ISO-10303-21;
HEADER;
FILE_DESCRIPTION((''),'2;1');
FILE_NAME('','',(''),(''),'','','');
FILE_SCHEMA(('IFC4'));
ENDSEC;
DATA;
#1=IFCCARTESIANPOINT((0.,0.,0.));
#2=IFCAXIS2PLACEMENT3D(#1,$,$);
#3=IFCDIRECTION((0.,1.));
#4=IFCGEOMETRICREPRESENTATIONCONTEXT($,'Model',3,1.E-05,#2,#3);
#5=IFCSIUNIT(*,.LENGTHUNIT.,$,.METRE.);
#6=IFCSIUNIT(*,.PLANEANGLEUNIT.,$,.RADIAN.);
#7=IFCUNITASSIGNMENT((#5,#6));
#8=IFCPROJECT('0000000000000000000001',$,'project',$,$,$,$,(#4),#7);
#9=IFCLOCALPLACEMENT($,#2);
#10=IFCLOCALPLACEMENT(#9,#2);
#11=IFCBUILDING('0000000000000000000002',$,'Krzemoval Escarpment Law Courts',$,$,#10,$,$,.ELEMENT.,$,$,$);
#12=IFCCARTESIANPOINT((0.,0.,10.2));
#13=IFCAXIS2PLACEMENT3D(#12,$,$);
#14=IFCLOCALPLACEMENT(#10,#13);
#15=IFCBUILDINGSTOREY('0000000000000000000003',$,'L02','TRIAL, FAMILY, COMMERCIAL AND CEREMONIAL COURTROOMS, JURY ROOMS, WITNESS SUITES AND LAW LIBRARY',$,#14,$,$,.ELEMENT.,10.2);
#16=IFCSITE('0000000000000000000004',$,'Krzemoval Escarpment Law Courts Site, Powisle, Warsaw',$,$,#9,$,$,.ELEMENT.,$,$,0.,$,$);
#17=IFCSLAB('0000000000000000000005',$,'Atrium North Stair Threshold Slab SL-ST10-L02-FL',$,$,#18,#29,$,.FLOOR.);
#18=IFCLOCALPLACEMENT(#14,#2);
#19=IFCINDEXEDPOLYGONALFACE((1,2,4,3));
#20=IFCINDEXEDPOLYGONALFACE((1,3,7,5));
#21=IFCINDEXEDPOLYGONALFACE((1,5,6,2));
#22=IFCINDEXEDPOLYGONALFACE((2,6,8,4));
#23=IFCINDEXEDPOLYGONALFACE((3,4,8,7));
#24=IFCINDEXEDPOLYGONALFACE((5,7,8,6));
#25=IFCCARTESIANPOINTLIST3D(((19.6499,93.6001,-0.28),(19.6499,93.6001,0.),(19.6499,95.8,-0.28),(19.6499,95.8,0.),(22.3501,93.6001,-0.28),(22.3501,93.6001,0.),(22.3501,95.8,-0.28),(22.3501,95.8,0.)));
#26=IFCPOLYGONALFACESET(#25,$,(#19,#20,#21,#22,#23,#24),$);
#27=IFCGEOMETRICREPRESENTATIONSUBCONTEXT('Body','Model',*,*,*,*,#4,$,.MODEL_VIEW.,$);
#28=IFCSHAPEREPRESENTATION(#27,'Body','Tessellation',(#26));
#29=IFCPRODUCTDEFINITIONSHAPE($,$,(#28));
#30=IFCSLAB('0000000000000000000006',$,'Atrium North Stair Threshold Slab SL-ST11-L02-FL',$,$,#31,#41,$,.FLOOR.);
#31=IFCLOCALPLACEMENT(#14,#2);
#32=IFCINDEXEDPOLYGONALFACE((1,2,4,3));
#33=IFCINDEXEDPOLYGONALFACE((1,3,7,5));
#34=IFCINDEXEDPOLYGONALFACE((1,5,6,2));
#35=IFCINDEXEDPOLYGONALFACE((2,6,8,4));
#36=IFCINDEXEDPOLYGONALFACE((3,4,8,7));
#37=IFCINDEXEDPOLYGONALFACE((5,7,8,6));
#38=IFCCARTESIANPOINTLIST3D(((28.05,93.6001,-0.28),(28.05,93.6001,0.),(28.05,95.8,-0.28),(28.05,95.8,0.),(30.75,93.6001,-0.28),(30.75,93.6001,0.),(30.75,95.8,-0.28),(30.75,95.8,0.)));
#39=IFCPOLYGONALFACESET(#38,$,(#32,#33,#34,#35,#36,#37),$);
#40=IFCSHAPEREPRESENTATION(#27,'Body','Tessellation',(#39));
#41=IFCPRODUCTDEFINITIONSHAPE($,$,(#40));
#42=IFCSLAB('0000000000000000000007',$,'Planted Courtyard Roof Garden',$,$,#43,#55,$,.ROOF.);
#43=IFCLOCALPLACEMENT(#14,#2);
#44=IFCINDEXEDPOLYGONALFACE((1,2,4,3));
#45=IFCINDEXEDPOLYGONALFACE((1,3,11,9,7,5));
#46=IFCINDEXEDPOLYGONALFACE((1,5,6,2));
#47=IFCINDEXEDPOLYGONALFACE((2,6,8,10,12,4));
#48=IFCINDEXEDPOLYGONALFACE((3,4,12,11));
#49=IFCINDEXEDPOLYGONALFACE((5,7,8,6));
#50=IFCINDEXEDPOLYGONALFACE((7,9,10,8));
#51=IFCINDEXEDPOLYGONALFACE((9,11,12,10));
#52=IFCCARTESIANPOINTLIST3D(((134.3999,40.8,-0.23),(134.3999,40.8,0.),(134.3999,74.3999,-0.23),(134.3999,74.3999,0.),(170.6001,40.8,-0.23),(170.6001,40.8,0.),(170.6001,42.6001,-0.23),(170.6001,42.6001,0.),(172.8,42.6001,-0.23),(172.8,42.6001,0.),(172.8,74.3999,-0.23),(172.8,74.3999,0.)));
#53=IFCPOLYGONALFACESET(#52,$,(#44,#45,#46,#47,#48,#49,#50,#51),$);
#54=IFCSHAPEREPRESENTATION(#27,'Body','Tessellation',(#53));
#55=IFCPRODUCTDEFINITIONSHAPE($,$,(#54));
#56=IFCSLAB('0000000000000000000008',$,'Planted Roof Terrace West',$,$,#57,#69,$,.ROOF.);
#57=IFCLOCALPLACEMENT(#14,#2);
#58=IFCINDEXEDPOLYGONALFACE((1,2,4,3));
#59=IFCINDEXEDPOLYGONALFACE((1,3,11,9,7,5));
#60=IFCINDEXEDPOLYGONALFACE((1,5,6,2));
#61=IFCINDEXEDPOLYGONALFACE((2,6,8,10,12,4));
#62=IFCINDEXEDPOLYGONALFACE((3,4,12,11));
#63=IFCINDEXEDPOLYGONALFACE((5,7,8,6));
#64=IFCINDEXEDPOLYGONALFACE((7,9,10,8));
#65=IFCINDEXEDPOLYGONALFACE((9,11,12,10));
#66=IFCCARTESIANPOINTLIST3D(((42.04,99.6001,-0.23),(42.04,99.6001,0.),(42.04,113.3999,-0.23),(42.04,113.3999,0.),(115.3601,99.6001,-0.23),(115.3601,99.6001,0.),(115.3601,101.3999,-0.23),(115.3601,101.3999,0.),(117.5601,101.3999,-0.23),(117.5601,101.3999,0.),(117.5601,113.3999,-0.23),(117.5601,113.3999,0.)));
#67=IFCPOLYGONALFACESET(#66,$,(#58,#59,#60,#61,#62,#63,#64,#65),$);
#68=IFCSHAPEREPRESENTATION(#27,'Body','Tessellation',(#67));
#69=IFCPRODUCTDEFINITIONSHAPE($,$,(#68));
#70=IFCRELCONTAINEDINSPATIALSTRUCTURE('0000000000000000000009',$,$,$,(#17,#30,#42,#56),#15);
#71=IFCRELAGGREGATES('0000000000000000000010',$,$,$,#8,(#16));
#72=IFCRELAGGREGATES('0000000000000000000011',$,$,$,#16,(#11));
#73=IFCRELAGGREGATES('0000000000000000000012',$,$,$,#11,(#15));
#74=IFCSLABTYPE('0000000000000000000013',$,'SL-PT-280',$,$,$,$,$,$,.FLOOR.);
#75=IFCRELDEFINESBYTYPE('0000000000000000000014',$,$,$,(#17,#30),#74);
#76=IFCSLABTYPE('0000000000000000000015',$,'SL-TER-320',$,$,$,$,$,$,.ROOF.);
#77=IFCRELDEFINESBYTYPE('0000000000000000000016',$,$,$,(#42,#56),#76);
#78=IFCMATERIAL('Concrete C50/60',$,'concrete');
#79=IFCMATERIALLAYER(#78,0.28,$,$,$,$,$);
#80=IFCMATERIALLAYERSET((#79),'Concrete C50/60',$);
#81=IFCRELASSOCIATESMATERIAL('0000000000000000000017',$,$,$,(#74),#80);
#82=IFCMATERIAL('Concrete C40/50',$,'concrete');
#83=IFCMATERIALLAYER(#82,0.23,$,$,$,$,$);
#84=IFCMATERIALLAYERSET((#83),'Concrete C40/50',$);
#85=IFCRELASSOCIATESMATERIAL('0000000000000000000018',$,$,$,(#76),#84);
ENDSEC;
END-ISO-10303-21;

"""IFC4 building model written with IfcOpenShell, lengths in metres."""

from ifc_helpers import new_model, si_unit, direction, frame, origin, place, context, subcontext, project, spatial, polyline, outline, extrude, material, layer, layer_set, type_object, element, save


model = new_model("IFC4")

# Units and contexts
model_context = context("Model", 3, precision=1e-05, world=origin(), true_north=direction((0.0, 1.0)))
body_context = subcontext(model_context, "Body", "Model", "MODEL_VIEW")
ifc_project = project(units=[si_unit("LENGTHUNIT", "METRE"), si_unit("PLANEANGLEUNIT", "RADIAN")], contexts=[model_context])

# Site, building, storey
site_placement = place(None, origin())
site = spatial("IfcSite", under=ifc_project, at=site_placement, Name="Krzemoval Escarpment Law Courts Site, Powisle, Warsaw", CompositionType="ELEMENT", RefElevation=0.0)
building_placement = place(site_placement, origin())
building = spatial("IfcBuilding", under=site, at=building_placement, Name="Krzemoval Escarpment Law Courts", CompositionType="ELEMENT")
storey_placement = place(building_placement, frame((0.0, 0.0, 10.2)))
storey = spatial("IfcBuildingStorey", under=building, at=storey_placement, Name="L02", Description="TRIAL, FAMILY, COMMERCIAL AND CEREMONIAL COURTROOMS, JURY ROOMS, WITNESS SUITES AND LAW LIBRARY", CompositionType="ELEMENT", Elevation=10.2)

# Slabs
ifc_material_1 = material(Name="Concrete C50/60", Category="concrete")
ifc_layer_1 = layer(ifc_material_1, 0.28)
ifc_layer_set_1 = layer_set([ifc_layer_1], Name="Concrete C50/60")
slab_type_1 = type_object("IfcSlabType", Name="SL-PT-280", PredefinedType="FLOOR", material=ifc_layer_set_1)
slab_1_placement = place(storey_placement, frame((0.0, 0.0, -0.28)))
element("IfcSlab", 1, at=slab_1_placement, inside=storey, type_object=slab_type_1, Name="Atrium North Stair Threshold Slab SL-ST10-L02-FL", PredefinedType="FLOOR", context=body_context, shape_type="SweptSolid", body=[
    extrude(outline(polyline([(22.3501, 93.6001), (22.3501, 95.8), (19.6499, 95.8), (19.6499, 93.6001), (22.3501, 93.6001)])), origin(), (0.0, 0.0, 1.0), 0.28),
])
slab_2_placement = place(storey_placement, frame((0.0, 0.0, -0.28)))
element("IfcSlab", 2, at=slab_2_placement, inside=storey, type_object=slab_type_1, Name="Atrium North Stair Threshold Slab SL-ST11-L02-FL", PredefinedType="FLOOR", context=body_context, shape_type="SweptSolid", body=[
    extrude(outline(polyline([(30.75, 93.6001), (30.75, 95.8), (28.05, 95.8), (28.05, 93.6001), (30.75, 93.6001)])), origin(), (0.0, 0.0, 1.0), 0.28),
])
ifc_material_2 = material(Name="Concrete C40/50", Category="concrete")
ifc_layer_2 = layer(ifc_material_2, 0.23)
ifc_layer_set_2 = layer_set([ifc_layer_2], Name="Concrete C40/50")
slab_type_2 = type_object("IfcSlabType", Name="SL-TER-320", PredefinedType="ROOF", material=ifc_layer_set_2)
slab_3_placement = place(storey_placement, frame((0.0, 0.0, -0.23)))
element("IfcSlab", 3, at=slab_3_placement, inside=storey, type_object=slab_type_2, Name="Planted Courtyard Roof Garden", PredefinedType="ROOF", context=body_context, shape_type="SweptSolid", body=[
    extrude(outline(polyline([(134.3999, 74.3999), (172.8, 74.3999), (172.8, 42.6001), (170.6001, 42.6001), (170.6001, 40.8), (134.3999, 40.8), (134.3999, 74.3999)])), origin(), (0.0, 0.0, 1.0), 0.23),
])
slab_4_placement = place(storey_placement, frame((0.0, 0.0, -0.23)))
element("IfcSlab", 4, at=slab_4_placement, inside=storey, type_object=slab_type_2, Name="Planted Roof Terrace West", PredefinedType="ROOF", context=body_context, shape_type="SweptSolid", body=[
    extrude(outline(polyline([(42.04, 113.3999), (117.5601, 113.3999), (117.5601, 101.3999), (115.3601, 101.3999), (115.3601, 99.6001), (42.04, 99.6001), (42.04, 113.3999)])), origin(), (0.0, 0.0, 1.0), 0.23),
])

save(model, "model.ifc")
